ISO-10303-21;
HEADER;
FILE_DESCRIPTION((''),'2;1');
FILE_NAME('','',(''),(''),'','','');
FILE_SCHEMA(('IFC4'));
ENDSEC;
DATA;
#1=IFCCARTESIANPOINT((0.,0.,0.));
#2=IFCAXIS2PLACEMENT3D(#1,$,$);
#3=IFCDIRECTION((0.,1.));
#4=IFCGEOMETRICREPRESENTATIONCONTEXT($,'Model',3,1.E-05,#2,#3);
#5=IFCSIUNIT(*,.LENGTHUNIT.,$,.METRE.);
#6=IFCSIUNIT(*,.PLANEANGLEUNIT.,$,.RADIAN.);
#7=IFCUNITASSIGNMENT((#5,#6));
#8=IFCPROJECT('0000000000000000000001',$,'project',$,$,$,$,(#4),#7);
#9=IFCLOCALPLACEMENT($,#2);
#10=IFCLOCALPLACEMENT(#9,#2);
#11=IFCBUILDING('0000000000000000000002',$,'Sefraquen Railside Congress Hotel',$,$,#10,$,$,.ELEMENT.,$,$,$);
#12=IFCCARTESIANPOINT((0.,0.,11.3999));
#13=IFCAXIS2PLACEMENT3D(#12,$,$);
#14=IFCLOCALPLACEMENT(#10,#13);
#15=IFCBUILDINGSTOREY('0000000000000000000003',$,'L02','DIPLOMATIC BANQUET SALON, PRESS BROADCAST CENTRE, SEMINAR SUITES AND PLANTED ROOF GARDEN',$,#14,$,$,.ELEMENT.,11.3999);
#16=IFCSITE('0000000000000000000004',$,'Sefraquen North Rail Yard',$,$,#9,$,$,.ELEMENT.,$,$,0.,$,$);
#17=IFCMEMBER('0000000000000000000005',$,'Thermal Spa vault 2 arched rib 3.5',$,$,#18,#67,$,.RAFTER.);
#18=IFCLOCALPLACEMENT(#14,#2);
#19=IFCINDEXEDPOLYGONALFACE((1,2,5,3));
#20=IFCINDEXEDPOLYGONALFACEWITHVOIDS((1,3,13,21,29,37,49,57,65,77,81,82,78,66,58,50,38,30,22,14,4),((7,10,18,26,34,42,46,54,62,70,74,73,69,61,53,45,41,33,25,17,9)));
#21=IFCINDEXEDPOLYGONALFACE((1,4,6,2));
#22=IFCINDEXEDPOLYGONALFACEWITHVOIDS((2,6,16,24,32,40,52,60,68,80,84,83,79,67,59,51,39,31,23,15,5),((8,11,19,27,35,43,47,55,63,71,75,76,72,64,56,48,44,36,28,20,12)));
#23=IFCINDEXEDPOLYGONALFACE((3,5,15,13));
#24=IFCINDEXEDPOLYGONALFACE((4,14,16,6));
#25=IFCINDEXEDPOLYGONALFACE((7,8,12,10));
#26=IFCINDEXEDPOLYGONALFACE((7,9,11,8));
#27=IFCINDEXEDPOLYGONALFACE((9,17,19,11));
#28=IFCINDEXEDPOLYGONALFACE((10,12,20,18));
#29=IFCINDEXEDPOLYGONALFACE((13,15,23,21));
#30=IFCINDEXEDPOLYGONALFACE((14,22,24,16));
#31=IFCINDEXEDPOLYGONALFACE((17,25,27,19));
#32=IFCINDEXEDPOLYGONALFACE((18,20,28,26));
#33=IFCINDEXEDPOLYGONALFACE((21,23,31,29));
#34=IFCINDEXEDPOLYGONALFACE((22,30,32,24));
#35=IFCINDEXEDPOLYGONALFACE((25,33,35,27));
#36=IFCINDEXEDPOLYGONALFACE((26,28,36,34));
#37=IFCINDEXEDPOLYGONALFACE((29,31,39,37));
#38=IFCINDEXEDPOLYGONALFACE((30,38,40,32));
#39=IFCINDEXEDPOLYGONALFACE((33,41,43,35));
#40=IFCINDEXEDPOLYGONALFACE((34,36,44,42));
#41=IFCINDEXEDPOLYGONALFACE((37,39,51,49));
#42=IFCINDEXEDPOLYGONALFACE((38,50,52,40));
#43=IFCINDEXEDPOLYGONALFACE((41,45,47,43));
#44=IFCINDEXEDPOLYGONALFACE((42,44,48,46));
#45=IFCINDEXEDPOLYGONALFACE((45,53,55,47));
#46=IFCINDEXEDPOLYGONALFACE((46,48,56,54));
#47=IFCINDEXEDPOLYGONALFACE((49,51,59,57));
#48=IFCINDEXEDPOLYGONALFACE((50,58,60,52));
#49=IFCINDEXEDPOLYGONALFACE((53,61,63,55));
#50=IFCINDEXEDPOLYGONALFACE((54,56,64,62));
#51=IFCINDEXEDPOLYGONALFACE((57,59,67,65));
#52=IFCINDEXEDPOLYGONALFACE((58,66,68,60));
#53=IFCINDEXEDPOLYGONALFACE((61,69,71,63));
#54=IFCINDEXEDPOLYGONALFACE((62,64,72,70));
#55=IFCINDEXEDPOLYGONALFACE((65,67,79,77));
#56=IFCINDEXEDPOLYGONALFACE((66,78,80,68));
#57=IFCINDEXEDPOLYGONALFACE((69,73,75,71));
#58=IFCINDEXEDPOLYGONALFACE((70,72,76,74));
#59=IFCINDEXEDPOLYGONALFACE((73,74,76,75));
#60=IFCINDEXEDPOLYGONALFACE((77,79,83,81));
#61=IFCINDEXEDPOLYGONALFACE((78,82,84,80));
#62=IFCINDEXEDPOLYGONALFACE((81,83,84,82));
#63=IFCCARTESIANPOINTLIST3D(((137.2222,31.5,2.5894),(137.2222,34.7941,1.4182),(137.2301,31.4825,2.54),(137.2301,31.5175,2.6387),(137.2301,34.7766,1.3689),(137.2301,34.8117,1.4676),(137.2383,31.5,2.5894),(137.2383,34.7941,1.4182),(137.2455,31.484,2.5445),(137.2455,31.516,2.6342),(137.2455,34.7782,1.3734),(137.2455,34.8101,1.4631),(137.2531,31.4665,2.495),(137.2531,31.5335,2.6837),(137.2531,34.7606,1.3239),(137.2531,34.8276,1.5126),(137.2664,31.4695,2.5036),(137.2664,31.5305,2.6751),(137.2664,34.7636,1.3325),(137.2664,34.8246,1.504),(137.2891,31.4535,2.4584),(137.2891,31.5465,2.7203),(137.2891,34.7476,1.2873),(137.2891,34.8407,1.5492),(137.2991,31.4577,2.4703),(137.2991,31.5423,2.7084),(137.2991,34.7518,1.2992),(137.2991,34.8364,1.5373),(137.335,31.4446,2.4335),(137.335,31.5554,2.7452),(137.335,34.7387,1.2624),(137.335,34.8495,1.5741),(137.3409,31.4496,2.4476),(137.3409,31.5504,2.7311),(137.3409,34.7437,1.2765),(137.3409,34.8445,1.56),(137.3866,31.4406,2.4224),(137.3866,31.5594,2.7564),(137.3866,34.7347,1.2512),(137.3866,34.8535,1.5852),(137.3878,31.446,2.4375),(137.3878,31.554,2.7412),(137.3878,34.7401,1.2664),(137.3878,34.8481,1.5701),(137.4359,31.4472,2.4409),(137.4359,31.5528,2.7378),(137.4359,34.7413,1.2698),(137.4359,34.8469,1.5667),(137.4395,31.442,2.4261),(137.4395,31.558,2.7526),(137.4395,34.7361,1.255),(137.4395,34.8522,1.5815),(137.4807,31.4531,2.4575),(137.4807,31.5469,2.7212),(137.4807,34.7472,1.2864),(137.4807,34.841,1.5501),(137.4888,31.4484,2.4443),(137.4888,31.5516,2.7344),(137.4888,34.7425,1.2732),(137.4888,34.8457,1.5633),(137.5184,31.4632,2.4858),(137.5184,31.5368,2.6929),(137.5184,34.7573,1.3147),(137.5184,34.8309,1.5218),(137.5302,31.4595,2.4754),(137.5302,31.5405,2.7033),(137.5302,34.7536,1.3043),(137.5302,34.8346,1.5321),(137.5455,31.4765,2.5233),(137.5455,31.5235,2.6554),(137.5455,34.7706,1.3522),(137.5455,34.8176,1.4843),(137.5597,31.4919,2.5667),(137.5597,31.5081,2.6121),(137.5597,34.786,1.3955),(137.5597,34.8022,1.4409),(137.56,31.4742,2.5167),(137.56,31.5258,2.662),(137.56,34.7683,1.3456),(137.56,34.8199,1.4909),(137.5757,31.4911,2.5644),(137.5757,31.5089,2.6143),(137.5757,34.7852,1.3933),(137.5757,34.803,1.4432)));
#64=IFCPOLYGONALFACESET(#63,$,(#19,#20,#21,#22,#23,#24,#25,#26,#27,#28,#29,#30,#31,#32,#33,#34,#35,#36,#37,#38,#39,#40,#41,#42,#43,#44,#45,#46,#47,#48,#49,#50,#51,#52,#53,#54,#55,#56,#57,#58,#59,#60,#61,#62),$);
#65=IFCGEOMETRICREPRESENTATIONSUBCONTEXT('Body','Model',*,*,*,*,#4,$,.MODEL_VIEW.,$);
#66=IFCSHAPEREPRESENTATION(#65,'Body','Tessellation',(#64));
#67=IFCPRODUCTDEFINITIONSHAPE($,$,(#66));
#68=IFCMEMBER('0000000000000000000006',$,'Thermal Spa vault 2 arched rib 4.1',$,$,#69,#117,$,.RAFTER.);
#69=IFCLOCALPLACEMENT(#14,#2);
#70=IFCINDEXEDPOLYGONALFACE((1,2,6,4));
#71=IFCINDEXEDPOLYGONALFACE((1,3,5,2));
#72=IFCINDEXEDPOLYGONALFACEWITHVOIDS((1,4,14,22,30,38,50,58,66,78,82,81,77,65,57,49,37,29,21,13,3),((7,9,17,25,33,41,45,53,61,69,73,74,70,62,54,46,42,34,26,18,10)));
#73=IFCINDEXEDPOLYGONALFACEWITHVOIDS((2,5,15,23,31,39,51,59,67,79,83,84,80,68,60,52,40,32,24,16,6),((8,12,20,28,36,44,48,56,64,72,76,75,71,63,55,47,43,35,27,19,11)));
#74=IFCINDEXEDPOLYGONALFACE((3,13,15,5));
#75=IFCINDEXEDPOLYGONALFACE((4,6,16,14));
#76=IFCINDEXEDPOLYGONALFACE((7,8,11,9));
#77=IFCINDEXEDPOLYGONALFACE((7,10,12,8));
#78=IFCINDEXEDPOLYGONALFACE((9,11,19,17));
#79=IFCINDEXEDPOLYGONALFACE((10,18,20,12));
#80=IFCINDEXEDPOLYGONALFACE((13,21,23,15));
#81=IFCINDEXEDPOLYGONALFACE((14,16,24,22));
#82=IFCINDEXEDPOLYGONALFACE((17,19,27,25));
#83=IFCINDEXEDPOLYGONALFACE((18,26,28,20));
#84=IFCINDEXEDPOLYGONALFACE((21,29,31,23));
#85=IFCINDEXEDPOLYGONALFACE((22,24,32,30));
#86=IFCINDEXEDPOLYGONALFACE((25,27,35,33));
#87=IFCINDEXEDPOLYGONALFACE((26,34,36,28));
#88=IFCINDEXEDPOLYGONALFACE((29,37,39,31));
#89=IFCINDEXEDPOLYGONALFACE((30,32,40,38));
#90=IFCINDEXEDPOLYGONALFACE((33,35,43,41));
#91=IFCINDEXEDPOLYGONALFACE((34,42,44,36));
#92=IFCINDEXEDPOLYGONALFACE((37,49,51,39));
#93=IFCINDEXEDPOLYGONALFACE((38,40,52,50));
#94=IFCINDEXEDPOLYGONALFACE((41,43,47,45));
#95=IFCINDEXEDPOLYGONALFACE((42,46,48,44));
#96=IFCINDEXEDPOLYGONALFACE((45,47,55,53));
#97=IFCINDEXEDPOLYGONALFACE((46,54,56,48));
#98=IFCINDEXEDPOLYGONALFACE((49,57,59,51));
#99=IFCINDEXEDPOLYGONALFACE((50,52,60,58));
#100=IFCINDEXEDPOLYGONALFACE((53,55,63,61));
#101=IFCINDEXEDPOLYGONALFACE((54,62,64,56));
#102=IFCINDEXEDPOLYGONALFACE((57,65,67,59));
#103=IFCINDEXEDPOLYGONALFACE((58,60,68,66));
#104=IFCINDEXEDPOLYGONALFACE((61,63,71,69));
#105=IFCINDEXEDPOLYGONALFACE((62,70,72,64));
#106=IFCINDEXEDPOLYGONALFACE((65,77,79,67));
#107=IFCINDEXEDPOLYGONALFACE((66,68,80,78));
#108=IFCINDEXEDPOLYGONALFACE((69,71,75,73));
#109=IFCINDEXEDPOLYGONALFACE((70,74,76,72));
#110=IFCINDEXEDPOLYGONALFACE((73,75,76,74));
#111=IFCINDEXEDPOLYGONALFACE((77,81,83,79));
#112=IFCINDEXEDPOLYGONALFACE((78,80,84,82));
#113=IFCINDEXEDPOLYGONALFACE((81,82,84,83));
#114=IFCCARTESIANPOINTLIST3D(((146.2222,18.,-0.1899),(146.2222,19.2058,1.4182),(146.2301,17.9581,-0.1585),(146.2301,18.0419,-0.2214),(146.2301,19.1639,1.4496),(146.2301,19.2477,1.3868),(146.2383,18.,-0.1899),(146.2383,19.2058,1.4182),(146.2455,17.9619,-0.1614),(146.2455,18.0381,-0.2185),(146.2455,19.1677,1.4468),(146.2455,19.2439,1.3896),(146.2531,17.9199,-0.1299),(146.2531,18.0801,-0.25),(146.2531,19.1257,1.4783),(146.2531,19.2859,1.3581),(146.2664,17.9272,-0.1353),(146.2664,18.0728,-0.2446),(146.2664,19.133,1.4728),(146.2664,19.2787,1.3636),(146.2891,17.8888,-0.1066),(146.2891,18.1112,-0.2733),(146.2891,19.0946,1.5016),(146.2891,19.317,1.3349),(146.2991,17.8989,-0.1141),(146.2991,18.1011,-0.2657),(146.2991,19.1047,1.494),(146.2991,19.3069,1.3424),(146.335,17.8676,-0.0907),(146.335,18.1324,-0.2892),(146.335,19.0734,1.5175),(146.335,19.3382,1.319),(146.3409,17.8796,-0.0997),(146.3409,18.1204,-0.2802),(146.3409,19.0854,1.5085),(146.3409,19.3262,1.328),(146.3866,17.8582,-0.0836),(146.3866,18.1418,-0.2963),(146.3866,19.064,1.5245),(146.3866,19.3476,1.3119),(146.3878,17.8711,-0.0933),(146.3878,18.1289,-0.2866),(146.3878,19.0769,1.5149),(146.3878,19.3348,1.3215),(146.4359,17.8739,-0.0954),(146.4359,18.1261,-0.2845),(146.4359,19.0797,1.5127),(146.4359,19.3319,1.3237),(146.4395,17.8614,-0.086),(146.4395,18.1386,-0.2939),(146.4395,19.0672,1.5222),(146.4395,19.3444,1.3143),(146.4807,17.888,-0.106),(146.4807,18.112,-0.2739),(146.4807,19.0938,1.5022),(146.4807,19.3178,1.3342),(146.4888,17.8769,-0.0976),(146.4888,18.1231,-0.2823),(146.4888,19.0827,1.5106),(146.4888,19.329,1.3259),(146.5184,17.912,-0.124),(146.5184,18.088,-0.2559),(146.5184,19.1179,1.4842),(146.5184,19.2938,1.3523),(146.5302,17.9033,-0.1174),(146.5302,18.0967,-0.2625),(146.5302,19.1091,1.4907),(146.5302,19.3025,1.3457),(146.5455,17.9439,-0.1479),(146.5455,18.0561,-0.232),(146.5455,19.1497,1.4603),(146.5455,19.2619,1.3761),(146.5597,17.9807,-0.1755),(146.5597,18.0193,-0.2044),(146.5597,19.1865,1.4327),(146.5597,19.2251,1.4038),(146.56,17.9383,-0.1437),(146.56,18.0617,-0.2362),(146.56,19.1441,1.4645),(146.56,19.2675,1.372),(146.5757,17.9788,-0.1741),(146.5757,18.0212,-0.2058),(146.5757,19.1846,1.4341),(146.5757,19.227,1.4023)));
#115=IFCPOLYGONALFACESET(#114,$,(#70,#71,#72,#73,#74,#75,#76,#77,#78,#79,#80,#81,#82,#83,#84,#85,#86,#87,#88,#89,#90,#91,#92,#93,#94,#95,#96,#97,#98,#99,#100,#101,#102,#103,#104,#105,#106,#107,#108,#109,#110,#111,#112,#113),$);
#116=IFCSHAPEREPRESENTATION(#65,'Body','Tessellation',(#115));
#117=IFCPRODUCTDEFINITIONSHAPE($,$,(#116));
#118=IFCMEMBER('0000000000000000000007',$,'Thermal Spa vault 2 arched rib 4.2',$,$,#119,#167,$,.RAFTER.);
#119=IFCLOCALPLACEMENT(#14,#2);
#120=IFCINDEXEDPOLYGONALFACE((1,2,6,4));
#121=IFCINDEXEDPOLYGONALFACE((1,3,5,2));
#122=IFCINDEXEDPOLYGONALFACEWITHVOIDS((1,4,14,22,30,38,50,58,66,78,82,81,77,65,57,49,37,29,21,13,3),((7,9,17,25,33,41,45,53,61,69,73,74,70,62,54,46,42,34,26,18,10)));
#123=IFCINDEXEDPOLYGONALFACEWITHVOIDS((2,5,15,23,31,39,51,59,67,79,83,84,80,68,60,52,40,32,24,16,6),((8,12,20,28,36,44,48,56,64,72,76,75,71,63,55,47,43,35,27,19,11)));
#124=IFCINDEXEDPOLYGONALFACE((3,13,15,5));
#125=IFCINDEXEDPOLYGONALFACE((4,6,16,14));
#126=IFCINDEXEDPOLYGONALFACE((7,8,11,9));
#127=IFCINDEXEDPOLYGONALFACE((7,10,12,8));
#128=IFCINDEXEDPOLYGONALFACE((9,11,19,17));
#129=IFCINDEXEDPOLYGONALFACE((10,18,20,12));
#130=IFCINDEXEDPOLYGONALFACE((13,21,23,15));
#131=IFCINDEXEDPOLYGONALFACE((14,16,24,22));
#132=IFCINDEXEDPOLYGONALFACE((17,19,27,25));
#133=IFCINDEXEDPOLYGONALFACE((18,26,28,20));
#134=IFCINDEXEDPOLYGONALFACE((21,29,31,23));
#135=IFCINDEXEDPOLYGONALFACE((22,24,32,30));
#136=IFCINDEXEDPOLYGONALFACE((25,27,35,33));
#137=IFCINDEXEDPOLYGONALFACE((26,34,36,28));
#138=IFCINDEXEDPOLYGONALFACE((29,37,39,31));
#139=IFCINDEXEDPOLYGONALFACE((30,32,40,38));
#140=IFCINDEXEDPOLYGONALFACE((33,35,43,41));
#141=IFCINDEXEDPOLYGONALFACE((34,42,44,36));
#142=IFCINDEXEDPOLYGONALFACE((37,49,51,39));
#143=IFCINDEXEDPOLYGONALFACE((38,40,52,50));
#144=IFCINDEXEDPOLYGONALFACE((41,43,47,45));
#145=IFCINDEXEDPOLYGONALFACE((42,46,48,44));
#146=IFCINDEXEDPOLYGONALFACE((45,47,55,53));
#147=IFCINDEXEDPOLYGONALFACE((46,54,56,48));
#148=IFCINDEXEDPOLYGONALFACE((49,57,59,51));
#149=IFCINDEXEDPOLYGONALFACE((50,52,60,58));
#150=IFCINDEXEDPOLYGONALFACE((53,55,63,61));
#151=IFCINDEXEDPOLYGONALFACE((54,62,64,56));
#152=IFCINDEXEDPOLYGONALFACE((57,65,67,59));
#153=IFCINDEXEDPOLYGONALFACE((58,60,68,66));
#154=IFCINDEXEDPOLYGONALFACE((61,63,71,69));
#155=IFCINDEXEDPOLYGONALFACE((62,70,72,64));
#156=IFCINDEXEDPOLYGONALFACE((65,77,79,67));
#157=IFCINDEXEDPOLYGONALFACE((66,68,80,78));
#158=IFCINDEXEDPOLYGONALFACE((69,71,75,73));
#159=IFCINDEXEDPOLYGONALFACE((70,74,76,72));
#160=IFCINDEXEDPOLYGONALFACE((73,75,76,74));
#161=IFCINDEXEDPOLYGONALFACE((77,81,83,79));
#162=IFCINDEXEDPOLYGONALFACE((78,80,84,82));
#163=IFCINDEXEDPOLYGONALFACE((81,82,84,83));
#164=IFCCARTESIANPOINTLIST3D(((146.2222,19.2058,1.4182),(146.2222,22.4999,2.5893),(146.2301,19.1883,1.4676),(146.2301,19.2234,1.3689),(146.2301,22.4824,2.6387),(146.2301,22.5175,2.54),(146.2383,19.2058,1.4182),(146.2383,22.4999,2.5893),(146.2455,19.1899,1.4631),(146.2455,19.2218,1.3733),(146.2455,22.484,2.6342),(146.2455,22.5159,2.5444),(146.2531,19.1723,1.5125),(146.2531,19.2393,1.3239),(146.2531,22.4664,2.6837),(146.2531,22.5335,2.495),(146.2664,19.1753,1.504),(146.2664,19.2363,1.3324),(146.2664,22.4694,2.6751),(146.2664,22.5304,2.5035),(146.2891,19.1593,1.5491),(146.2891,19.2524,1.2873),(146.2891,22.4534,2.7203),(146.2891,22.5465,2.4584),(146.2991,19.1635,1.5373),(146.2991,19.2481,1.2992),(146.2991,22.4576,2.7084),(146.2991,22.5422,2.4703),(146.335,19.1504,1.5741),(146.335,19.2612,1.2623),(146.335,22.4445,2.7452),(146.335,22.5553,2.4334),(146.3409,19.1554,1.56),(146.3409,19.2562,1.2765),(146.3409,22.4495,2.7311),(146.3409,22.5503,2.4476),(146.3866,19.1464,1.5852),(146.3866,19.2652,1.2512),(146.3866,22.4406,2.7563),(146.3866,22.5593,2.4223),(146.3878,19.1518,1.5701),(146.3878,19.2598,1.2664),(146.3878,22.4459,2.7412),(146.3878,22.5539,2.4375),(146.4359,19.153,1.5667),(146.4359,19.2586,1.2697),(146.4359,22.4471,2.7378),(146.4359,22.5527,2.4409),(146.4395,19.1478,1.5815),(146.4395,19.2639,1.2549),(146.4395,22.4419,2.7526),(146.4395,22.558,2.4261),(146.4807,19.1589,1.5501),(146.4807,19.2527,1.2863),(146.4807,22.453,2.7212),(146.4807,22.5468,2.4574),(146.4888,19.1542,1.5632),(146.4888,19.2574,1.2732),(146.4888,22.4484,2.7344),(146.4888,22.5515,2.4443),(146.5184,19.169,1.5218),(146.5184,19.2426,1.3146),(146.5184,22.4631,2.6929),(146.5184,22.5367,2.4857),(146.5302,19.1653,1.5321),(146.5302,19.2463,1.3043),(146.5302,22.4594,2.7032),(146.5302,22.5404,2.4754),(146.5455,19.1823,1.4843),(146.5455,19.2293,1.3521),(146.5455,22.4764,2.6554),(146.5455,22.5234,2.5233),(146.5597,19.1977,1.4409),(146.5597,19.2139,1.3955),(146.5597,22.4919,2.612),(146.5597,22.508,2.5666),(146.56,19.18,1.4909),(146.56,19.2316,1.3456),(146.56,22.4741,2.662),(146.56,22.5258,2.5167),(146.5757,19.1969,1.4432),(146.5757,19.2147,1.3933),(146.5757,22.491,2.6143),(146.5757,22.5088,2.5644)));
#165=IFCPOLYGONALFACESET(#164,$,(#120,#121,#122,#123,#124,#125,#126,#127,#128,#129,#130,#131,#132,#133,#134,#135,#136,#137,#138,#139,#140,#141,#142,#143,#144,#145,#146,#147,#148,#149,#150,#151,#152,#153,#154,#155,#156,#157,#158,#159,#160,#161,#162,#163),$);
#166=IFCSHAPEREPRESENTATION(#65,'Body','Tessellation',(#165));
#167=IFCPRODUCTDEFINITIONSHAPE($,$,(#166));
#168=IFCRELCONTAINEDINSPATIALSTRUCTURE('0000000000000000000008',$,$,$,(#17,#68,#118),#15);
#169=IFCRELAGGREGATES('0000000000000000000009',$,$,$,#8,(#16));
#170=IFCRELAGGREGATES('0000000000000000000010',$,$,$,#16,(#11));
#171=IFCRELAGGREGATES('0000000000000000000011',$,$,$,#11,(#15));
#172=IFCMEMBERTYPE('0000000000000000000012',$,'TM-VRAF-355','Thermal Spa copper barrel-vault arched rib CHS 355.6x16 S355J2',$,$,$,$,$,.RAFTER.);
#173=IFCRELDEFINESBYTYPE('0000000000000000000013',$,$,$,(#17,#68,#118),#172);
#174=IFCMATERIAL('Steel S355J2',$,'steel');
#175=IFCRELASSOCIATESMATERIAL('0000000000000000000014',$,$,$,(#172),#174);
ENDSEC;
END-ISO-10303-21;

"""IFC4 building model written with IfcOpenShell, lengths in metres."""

from ifc_helpers import new_model, si_unit, direction, frame, origin, origin_2d, place, context, subcontext, project, spatial, hollow_circle, extrude, material, material_profile, profile_set, type_object, element, save


model = new_model("IFC4")

# Units and contexts
model_context = context("Model", 3, precision=1e-05, world=origin(), true_north=direction((0.0, 1.0)))
body_context = subcontext(model_context, "Body", "Model", "MODEL_VIEW")
ifc_project = project(units=[si_unit("LENGTHUNIT", "METRE"), si_unit("PLANEANGLEUNIT", "RADIAN")], contexts=[model_context])

# Site, building, storey
site_placement = place(None, origin())
site = spatial("IfcSite", under=ifc_project, at=site_placement, Name="Sefraquen North Rail Yard", CompositionType="ELEMENT", RefElevation=0.0)
building_placement = place(site_placement, origin())
building = spatial("IfcBuilding", under=site, at=building_placement, Name="Sefraquen Railside Congress Hotel", CompositionType="ELEMENT")
storey_placement = place(building_placement, frame((0.0, 0.0, 11.3999)))
storey = spatial("IfcBuildingStorey", under=building, at=storey_placement, Name="L02", Description="DIPLOMATIC BANQUET SALON, PRESS BROADCAST CENTRE, SEMINAR SUITES AND PLANTED ROOF GARDEN", CompositionType="ELEMENT", Elevation=11.3999)

# Members
ifc_material_1 = material(Name="Steel S355J2", Category="steel")
ifc_material_profile_1 = material_profile(ifc_material_1, hollow_circle(Radius=0.1777, WallThickness=0.0161, at=origin_2d()), Name="CHS 355.6x16")
ifc_profile_set_1 = profile_set([ifc_material_profile_1], Name="Steel S355J2")
member_type = type_object("IfcMemberType", Name="TM-VRAF-355", Description="Thermal Spa copper barrel-vault arched rib CHS 355.6x16 S355J2", PredefinedType="RAFTER", material=ifc_profile_set_1)
member_1_placement = place(storey_placement, frame((137.3999, 31.5, 2.5894), z_axis=(0.0, 0.942226, -0.334978), x_axis=(-1.0, 0.0, 0.0)))
element("IfcMember", 1, at=member_1_placement, inside=storey, type_object=member_type, Name="Thermal Spa vault 2 arched rib 3.5", PredefinedType="RAFTER", context=body_context, shape_type="SweptSolid", body=[
    extrude(hollow_circle(Radius=0.1777, WallThickness=0.0161, at=origin_2d()), origin(), (0.0, 0.0, 1.0), 3.4961),
])
member_2_placement = place(storey_placement, frame((146.3999, 18.0, -0.1899), z_axis=(0.0, 0.599903, 0.800073), x_axis=(-1.0, 0.0, 0.0)))
element("IfcMember", 2, at=member_2_placement, inside=storey, type_object=member_type, Name="Thermal Spa vault 2 arched rib 4.1", PredefinedType="RAFTER", context=body_context, shape_type="SweptSolid", body=[
    extrude(hollow_circle(Radius=0.1777, WallThickness=0.0161, at=origin_2d()), origin(), (0.0, 0.0, 1.0), 2.01),
])
member_3_placement = place(storey_placement, frame((146.3999, 19.2058, 1.4182), z_axis=(0.0, 0.942226, 0.334978), x_axis=(-1.0, 0.0, 0.0)))
element("IfcMember", 3, at=member_3_placement, inside=storey, type_object=member_type, Name="Thermal Spa vault 2 arched rib 4.2", PredefinedType="RAFTER", context=body_context, shape_type="SweptSolid", body=[
    extrude(hollow_circle(Radius=0.1777, WallThickness=0.0161, at=origin_2d()), origin(), (0.0, 0.0, 1.0), 3.4961),
])

save(model, "model.ifc")
